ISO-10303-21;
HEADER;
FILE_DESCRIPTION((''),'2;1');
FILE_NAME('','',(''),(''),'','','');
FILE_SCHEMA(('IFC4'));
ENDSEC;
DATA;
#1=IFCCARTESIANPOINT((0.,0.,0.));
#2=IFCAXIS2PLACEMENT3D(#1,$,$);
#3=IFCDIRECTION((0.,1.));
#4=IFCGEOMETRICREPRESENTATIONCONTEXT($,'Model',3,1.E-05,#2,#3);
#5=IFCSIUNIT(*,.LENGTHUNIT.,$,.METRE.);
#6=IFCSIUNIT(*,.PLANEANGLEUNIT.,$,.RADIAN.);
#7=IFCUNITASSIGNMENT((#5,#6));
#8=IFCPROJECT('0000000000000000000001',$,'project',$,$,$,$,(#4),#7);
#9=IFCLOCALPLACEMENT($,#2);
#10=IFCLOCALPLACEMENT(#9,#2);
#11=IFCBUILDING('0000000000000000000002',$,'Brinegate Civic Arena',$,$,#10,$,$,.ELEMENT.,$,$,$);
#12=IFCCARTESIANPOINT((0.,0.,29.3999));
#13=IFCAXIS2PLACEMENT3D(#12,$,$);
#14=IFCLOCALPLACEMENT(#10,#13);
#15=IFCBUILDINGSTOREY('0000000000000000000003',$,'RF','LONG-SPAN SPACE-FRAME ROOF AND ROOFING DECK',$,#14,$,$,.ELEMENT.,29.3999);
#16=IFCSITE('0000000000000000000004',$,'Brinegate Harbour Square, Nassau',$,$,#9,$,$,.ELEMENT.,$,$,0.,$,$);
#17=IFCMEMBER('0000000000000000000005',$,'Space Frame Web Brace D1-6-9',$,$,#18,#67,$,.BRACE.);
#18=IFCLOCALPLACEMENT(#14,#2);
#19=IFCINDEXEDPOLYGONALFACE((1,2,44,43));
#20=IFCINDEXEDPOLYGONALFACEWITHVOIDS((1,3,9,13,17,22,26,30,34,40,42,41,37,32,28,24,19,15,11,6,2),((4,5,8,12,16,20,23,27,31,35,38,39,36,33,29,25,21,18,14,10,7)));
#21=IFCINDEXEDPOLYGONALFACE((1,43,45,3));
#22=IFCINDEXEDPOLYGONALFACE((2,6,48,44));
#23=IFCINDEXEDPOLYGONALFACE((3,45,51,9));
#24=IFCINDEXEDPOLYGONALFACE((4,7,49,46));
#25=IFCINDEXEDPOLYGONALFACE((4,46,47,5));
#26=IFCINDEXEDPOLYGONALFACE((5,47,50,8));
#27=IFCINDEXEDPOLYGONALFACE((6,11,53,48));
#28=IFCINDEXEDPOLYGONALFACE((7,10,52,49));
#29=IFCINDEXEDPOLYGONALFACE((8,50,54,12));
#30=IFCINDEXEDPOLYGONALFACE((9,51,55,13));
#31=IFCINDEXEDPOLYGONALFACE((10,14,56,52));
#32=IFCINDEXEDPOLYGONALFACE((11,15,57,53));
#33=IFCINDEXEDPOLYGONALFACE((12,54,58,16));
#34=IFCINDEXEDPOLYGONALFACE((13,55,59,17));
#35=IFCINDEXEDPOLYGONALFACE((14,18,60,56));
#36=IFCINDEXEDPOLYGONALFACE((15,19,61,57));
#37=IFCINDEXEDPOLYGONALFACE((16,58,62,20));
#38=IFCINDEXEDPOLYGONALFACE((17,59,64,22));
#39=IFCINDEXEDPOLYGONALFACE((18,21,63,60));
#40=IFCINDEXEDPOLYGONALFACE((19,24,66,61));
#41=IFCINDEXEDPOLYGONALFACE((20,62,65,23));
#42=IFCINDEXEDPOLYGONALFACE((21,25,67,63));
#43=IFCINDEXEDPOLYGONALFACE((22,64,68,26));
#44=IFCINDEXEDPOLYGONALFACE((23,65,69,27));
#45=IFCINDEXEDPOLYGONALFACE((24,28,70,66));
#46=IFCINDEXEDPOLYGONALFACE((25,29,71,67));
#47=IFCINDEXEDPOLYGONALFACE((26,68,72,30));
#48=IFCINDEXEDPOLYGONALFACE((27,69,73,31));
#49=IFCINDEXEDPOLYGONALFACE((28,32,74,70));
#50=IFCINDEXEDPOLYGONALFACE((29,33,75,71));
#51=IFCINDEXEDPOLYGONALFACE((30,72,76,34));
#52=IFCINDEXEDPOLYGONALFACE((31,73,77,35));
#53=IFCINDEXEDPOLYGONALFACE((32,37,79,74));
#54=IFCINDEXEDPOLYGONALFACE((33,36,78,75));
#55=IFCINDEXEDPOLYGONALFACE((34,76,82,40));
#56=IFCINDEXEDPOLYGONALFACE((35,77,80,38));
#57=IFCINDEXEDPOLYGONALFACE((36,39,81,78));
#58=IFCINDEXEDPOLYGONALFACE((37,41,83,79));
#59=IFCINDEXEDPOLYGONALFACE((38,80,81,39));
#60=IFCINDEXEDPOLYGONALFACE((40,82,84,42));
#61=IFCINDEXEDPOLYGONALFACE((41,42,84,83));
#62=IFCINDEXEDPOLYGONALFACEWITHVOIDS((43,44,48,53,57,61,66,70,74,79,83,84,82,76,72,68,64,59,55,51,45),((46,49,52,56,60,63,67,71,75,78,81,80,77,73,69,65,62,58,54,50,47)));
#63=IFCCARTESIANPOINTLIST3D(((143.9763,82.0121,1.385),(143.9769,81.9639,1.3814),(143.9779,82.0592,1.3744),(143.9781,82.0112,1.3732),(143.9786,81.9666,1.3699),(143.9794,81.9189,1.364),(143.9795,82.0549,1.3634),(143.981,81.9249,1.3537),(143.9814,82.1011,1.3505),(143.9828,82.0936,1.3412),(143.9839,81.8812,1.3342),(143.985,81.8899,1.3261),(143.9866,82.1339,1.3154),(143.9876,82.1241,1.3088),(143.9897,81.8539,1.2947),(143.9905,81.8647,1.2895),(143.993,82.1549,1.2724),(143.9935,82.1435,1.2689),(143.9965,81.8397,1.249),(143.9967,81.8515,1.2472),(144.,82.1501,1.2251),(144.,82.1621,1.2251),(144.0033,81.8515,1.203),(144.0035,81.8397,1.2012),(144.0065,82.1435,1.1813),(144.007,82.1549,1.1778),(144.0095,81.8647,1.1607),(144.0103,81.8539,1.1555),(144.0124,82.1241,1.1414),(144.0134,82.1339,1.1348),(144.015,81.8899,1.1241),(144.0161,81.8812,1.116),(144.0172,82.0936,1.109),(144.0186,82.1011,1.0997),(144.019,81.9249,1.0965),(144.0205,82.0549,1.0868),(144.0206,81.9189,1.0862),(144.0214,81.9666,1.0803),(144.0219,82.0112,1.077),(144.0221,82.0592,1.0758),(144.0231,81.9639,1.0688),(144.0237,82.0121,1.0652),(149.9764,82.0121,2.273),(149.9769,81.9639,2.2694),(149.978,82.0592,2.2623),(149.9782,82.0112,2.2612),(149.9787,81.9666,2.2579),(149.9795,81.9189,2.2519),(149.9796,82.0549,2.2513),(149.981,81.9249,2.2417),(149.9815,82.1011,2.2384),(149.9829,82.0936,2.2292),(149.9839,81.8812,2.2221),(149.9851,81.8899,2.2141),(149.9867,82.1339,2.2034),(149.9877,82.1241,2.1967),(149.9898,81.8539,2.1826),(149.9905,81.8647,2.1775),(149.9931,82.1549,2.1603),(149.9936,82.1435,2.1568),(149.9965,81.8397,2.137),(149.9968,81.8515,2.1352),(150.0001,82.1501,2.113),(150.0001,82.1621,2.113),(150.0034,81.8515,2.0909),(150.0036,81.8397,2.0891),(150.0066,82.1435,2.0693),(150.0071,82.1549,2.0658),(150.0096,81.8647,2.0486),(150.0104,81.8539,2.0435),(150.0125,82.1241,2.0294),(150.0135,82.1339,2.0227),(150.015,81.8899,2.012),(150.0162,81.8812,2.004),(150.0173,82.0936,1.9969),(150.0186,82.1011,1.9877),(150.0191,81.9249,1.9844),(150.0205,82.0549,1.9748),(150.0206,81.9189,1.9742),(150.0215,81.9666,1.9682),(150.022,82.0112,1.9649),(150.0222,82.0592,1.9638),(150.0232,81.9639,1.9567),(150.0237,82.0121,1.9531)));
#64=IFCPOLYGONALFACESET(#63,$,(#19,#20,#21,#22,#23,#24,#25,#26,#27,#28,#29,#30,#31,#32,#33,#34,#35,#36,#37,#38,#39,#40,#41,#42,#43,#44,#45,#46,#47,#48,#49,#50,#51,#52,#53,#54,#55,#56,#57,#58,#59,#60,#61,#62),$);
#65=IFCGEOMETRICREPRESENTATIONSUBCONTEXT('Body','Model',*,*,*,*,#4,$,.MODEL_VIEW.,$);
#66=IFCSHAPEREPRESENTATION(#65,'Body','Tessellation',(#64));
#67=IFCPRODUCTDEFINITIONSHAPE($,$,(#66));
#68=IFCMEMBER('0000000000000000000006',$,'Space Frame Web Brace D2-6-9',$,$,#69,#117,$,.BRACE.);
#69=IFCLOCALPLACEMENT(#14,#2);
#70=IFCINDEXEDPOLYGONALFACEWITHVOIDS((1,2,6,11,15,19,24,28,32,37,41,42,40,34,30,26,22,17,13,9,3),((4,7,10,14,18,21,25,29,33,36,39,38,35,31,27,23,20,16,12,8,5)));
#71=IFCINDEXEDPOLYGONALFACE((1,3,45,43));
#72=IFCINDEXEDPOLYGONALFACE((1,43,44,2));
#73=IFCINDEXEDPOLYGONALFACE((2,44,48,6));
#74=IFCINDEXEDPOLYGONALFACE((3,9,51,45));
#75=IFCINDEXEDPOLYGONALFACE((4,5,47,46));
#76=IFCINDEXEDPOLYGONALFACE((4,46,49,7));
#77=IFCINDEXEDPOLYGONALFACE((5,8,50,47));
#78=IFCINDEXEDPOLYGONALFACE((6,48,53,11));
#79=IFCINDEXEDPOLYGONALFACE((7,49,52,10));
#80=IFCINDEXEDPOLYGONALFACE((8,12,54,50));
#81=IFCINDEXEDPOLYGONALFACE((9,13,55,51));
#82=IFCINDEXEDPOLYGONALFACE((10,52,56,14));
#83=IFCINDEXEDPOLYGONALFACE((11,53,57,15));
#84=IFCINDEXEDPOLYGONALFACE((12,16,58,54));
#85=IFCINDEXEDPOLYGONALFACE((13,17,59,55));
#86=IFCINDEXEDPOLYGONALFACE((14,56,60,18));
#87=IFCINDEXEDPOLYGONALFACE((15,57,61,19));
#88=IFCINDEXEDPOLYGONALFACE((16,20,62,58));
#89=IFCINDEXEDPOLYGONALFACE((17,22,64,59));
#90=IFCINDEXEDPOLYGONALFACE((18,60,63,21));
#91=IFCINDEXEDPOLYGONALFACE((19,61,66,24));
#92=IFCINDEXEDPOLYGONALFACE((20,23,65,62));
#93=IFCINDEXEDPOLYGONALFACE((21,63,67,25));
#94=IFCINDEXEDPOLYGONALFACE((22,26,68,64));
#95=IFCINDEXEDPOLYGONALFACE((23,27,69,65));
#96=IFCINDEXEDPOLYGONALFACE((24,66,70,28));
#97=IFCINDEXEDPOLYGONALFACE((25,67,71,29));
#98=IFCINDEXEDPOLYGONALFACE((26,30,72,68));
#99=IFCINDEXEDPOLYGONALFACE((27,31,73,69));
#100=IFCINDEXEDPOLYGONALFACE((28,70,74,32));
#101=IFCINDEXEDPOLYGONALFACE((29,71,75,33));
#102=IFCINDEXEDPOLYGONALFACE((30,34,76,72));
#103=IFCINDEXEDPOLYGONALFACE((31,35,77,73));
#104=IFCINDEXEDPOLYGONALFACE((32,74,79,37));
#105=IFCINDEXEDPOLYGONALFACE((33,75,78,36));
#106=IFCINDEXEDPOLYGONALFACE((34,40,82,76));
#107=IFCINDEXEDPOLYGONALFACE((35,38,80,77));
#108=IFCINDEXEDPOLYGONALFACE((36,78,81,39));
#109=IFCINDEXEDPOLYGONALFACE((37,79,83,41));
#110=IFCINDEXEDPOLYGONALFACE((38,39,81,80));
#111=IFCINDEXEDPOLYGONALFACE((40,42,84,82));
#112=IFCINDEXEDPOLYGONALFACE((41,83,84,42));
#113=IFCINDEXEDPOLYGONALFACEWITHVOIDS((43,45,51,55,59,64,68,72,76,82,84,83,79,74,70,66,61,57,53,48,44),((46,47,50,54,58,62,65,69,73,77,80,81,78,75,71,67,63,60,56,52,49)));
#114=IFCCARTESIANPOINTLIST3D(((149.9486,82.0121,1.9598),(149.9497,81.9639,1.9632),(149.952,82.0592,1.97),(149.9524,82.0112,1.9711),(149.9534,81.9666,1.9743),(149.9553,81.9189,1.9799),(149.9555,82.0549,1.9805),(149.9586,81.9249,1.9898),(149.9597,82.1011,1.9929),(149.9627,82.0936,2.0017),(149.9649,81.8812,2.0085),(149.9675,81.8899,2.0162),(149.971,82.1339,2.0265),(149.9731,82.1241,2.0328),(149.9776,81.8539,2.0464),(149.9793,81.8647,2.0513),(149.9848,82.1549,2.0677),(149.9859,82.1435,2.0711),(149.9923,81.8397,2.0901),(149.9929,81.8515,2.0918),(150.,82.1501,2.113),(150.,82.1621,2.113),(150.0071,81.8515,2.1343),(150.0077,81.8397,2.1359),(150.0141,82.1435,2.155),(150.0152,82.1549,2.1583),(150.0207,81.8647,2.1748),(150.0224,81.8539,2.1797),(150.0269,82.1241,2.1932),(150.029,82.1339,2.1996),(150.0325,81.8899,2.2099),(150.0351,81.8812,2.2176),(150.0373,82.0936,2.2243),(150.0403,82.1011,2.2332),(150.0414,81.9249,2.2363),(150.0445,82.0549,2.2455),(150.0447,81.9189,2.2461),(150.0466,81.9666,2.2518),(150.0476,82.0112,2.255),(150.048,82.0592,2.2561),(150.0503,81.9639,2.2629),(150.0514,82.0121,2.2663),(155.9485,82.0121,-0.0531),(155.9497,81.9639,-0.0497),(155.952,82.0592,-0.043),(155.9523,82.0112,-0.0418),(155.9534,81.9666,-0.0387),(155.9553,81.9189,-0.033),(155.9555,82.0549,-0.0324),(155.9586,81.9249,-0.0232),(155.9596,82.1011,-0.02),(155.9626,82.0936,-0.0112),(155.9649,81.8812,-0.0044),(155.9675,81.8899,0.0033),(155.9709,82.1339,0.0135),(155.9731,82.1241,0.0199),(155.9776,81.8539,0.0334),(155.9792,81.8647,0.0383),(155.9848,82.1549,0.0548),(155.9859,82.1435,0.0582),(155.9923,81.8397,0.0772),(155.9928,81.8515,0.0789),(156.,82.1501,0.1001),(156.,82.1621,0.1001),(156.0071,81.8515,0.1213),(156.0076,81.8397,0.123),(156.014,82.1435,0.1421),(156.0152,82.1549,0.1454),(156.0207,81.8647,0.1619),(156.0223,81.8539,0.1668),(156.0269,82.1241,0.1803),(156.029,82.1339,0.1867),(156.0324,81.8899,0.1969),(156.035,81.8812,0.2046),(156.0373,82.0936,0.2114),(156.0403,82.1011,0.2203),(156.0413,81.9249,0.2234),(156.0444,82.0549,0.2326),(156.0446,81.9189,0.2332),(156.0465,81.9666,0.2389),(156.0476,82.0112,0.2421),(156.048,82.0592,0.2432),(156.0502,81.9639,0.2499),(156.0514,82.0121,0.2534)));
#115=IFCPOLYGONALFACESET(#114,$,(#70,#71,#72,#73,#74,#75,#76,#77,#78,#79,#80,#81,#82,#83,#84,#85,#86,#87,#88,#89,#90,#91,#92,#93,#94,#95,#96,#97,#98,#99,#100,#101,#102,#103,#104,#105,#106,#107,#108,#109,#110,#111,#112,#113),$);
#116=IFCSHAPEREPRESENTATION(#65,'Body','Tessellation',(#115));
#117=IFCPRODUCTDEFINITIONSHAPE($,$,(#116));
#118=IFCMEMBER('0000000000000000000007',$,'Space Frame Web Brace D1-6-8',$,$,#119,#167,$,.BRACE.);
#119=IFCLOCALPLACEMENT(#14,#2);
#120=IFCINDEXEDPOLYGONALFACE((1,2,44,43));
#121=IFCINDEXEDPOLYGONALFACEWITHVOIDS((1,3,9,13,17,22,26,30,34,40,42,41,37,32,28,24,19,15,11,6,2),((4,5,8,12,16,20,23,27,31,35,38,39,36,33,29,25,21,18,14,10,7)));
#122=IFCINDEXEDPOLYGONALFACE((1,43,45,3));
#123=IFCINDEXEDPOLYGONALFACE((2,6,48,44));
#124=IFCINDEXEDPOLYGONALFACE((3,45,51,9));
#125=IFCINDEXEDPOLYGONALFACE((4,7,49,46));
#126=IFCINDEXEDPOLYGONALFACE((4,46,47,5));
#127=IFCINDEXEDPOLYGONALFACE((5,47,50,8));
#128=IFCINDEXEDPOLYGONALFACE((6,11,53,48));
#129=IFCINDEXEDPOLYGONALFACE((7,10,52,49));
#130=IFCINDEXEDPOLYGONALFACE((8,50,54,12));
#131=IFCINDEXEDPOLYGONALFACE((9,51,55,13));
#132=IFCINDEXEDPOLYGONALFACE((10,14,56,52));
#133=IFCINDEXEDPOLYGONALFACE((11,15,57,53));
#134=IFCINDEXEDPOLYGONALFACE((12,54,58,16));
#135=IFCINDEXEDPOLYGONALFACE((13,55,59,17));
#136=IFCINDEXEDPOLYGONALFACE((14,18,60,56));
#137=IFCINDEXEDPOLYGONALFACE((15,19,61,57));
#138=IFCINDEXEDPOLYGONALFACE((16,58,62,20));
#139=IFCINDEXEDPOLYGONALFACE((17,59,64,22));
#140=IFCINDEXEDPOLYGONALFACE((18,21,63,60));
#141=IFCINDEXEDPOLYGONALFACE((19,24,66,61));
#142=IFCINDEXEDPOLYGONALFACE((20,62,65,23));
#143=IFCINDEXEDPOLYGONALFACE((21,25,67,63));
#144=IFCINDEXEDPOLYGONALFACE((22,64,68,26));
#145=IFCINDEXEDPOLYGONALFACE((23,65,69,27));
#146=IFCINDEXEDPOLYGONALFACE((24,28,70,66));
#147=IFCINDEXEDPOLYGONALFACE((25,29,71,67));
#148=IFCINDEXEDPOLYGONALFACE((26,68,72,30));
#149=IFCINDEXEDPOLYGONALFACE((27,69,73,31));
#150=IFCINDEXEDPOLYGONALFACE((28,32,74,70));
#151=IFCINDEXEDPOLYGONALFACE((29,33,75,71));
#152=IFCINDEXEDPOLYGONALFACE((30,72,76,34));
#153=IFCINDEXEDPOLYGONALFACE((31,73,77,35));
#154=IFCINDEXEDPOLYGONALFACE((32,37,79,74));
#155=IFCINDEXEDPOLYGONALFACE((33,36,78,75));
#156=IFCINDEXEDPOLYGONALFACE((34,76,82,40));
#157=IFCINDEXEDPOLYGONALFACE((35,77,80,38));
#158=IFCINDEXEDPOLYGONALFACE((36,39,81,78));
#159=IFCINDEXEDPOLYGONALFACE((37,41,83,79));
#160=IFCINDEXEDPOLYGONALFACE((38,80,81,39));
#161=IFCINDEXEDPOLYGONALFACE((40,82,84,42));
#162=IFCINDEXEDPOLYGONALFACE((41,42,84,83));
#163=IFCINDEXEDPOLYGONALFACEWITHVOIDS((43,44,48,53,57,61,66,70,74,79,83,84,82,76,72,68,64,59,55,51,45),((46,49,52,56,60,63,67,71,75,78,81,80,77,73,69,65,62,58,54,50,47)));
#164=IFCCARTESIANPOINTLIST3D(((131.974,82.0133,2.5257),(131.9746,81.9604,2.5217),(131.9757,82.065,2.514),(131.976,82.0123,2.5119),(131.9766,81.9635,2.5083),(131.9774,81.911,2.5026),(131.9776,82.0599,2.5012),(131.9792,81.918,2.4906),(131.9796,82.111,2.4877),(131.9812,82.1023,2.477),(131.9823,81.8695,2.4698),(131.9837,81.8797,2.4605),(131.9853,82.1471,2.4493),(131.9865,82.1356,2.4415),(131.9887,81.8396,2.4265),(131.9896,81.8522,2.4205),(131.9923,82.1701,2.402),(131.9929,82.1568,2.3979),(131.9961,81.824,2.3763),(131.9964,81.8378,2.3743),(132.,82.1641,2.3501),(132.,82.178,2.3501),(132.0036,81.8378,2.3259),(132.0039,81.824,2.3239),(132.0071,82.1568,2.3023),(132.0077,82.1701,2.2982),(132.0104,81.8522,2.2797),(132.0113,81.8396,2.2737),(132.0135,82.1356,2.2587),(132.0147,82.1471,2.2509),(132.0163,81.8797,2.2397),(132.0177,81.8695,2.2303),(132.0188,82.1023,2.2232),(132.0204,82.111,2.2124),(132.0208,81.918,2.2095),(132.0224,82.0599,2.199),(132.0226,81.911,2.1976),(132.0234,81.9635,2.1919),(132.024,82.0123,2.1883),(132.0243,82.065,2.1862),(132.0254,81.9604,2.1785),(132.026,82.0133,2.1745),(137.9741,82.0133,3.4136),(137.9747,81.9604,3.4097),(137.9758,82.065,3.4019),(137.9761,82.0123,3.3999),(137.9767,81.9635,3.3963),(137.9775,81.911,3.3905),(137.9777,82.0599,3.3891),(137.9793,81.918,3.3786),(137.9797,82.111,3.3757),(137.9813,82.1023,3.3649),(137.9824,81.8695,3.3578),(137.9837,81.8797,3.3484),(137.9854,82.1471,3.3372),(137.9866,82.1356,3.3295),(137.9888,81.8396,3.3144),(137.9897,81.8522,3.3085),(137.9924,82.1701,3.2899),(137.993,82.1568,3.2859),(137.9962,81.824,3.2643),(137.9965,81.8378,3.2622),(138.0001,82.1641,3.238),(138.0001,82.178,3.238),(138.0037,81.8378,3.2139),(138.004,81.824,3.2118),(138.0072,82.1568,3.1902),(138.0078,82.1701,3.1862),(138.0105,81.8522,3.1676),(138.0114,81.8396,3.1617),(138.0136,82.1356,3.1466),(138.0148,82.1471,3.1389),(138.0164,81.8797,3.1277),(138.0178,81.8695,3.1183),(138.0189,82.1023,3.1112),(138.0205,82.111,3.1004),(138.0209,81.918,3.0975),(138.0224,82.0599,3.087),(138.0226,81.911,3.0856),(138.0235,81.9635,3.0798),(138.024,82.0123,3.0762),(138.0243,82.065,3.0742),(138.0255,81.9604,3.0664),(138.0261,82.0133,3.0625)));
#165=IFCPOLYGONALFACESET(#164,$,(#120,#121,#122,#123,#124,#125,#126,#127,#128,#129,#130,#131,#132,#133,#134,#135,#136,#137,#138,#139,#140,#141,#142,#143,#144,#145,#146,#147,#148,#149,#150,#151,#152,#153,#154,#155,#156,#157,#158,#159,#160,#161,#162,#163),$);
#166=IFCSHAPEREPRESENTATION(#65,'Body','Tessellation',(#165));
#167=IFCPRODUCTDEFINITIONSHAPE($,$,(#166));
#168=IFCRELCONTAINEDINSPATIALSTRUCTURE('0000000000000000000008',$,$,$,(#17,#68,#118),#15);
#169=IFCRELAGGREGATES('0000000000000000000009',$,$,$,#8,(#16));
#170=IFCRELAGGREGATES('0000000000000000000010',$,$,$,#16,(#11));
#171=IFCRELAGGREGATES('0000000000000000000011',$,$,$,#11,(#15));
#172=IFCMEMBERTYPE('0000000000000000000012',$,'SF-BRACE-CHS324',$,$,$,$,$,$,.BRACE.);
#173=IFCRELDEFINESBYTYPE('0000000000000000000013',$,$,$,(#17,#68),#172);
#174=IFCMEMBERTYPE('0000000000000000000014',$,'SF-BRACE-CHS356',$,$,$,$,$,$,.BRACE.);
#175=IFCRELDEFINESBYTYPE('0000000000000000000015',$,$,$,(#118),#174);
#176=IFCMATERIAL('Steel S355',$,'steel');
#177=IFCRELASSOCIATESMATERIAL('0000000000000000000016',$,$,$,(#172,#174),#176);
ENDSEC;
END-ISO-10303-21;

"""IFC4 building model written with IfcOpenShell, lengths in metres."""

from ifc_helpers import new_model, si_unit, direction, frame, origin, origin_2d, place, context, subcontext, project, spatial, hollow_circle, extrude, material, material_profile, profile_set, type_object, element, save


model = new_model("IFC4")

# Units and contexts
model_context = context("Model", 3, precision=1e-05, world=origin(), true_north=direction((0.0, 1.0)))
body_context = subcontext(model_context, "Body", "Model", "MODEL_VIEW")
ifc_project = project(units=[si_unit("LENGTHUNIT", "METRE"), si_unit("PLANEANGLEUNIT", "RADIAN")], contexts=[model_context])

# Site, building, storey
site_placement = place(None, origin())
site = spatial("IfcSite", under=ifc_project, at=site_placement, Name="Brinegate Harbour Square, Nassau", CompositionType="ELEMENT", RefElevation=0.0)
building_placement = place(site_placement, origin())
building = spatial("IfcBuilding", under=site, at=building_placement, Name="Brinegate Civic Arena", CompositionType="ELEMENT")
storey_placement = place(building_placement, frame((0.0, 0.0, 29.3999)))
storey = spatial("IfcBuildingStorey", under=building, at=storey_placement, Name="RF", Description="LONG-SPAN SPACE-FRAME ROOF AND ROOFING DECK", CompositionType="ELEMENT", Elevation=29.3999)

# Shared definitions
ifc_material_1 = material(Name="Steel S355", Category="steel")

# Members
ifc_material_profile_1 = material_profile(ifc_material_1, hollow_circle(Radius=0.1621, WallThickness=0.012, at=origin_2d()), Name="CHS324X12")
ifc_profile_set_1 = profile_set([ifc_material_profile_1], Name="Steel S355")
member_type_1 = type_object("IfcMemberType", Name="SF-BRACE-CHS324", PredefinedType="BRACE", material=ifc_profile_set_1)
member_1_placement = place(storey_placement, frame((144.0, 82.0, 1.2251), z_axis=(0.989226, 0.0, 0.146395), x_axis=(0.0, 1.0, 0.0)))
element("IfcMember", 1, at=member_1_placement, inside=storey, type_object=member_type_1, Name="Space Frame Web Brace D1-6-9", PredefinedType="BRACE", context=body_context, shape_type="SweptSolid", body=[
    extrude(hollow_circle(Radius=0.1621, WallThickness=0.012, at=origin_2d()), origin(), (0.0, 0.0, 1.0), 6.0654),
])
member_2_placement = place(storey_placement, frame((150.0, 82.0, 2.113), z_axis=(0.948068, 0.0, -0.318067), x_axis=(0.0, 1.0, 0.0)))
element("IfcMember", 2, at=member_2_placement, inside=storey, type_object=member_type_1, Name="Space Frame Web Brace D2-6-9", PredefinedType="BRACE", context=body_context, shape_type="SweptSolid", body=[
    extrude(hollow_circle(Radius=0.1621, WallThickness=0.012, at=origin_2d()), origin(), (0.0, 0.0, 1.0), 6.3286),
])
ifc_material_profile_2 = material_profile(ifc_material_1, hollow_circle(Radius=0.178, WallThickness=0.0139, at=origin_2d()), Name="CHS356X14")
ifc_profile_set_2 = profile_set([ifc_material_profile_2], Name="Steel S355")
member_type_2 = type_object("IfcMemberType", Name="SF-BRACE-CHS356", PredefinedType="BRACE", material=ifc_profile_set_2)
member_3_placement = place(storey_placement, frame((132.0, 82.0, 2.3501), z_axis=(0.989226, 0.0, 0.146395), x_axis=(0.0, 1.0, 0.0)))
element("IfcMember", 3, at=member_3_placement, inside=storey, type_object=member_type_2, Name="Space Frame Web Brace D1-6-8", PredefinedType="BRACE", context=body_context, shape_type="SweptSolid", body=[
    extrude(hollow_circle(Radius=0.178, WallThickness=0.0139, at=origin_2d()), origin(), (0.0, 0.0, 1.0), 6.0654),
])

save(model, "model.ifc")
